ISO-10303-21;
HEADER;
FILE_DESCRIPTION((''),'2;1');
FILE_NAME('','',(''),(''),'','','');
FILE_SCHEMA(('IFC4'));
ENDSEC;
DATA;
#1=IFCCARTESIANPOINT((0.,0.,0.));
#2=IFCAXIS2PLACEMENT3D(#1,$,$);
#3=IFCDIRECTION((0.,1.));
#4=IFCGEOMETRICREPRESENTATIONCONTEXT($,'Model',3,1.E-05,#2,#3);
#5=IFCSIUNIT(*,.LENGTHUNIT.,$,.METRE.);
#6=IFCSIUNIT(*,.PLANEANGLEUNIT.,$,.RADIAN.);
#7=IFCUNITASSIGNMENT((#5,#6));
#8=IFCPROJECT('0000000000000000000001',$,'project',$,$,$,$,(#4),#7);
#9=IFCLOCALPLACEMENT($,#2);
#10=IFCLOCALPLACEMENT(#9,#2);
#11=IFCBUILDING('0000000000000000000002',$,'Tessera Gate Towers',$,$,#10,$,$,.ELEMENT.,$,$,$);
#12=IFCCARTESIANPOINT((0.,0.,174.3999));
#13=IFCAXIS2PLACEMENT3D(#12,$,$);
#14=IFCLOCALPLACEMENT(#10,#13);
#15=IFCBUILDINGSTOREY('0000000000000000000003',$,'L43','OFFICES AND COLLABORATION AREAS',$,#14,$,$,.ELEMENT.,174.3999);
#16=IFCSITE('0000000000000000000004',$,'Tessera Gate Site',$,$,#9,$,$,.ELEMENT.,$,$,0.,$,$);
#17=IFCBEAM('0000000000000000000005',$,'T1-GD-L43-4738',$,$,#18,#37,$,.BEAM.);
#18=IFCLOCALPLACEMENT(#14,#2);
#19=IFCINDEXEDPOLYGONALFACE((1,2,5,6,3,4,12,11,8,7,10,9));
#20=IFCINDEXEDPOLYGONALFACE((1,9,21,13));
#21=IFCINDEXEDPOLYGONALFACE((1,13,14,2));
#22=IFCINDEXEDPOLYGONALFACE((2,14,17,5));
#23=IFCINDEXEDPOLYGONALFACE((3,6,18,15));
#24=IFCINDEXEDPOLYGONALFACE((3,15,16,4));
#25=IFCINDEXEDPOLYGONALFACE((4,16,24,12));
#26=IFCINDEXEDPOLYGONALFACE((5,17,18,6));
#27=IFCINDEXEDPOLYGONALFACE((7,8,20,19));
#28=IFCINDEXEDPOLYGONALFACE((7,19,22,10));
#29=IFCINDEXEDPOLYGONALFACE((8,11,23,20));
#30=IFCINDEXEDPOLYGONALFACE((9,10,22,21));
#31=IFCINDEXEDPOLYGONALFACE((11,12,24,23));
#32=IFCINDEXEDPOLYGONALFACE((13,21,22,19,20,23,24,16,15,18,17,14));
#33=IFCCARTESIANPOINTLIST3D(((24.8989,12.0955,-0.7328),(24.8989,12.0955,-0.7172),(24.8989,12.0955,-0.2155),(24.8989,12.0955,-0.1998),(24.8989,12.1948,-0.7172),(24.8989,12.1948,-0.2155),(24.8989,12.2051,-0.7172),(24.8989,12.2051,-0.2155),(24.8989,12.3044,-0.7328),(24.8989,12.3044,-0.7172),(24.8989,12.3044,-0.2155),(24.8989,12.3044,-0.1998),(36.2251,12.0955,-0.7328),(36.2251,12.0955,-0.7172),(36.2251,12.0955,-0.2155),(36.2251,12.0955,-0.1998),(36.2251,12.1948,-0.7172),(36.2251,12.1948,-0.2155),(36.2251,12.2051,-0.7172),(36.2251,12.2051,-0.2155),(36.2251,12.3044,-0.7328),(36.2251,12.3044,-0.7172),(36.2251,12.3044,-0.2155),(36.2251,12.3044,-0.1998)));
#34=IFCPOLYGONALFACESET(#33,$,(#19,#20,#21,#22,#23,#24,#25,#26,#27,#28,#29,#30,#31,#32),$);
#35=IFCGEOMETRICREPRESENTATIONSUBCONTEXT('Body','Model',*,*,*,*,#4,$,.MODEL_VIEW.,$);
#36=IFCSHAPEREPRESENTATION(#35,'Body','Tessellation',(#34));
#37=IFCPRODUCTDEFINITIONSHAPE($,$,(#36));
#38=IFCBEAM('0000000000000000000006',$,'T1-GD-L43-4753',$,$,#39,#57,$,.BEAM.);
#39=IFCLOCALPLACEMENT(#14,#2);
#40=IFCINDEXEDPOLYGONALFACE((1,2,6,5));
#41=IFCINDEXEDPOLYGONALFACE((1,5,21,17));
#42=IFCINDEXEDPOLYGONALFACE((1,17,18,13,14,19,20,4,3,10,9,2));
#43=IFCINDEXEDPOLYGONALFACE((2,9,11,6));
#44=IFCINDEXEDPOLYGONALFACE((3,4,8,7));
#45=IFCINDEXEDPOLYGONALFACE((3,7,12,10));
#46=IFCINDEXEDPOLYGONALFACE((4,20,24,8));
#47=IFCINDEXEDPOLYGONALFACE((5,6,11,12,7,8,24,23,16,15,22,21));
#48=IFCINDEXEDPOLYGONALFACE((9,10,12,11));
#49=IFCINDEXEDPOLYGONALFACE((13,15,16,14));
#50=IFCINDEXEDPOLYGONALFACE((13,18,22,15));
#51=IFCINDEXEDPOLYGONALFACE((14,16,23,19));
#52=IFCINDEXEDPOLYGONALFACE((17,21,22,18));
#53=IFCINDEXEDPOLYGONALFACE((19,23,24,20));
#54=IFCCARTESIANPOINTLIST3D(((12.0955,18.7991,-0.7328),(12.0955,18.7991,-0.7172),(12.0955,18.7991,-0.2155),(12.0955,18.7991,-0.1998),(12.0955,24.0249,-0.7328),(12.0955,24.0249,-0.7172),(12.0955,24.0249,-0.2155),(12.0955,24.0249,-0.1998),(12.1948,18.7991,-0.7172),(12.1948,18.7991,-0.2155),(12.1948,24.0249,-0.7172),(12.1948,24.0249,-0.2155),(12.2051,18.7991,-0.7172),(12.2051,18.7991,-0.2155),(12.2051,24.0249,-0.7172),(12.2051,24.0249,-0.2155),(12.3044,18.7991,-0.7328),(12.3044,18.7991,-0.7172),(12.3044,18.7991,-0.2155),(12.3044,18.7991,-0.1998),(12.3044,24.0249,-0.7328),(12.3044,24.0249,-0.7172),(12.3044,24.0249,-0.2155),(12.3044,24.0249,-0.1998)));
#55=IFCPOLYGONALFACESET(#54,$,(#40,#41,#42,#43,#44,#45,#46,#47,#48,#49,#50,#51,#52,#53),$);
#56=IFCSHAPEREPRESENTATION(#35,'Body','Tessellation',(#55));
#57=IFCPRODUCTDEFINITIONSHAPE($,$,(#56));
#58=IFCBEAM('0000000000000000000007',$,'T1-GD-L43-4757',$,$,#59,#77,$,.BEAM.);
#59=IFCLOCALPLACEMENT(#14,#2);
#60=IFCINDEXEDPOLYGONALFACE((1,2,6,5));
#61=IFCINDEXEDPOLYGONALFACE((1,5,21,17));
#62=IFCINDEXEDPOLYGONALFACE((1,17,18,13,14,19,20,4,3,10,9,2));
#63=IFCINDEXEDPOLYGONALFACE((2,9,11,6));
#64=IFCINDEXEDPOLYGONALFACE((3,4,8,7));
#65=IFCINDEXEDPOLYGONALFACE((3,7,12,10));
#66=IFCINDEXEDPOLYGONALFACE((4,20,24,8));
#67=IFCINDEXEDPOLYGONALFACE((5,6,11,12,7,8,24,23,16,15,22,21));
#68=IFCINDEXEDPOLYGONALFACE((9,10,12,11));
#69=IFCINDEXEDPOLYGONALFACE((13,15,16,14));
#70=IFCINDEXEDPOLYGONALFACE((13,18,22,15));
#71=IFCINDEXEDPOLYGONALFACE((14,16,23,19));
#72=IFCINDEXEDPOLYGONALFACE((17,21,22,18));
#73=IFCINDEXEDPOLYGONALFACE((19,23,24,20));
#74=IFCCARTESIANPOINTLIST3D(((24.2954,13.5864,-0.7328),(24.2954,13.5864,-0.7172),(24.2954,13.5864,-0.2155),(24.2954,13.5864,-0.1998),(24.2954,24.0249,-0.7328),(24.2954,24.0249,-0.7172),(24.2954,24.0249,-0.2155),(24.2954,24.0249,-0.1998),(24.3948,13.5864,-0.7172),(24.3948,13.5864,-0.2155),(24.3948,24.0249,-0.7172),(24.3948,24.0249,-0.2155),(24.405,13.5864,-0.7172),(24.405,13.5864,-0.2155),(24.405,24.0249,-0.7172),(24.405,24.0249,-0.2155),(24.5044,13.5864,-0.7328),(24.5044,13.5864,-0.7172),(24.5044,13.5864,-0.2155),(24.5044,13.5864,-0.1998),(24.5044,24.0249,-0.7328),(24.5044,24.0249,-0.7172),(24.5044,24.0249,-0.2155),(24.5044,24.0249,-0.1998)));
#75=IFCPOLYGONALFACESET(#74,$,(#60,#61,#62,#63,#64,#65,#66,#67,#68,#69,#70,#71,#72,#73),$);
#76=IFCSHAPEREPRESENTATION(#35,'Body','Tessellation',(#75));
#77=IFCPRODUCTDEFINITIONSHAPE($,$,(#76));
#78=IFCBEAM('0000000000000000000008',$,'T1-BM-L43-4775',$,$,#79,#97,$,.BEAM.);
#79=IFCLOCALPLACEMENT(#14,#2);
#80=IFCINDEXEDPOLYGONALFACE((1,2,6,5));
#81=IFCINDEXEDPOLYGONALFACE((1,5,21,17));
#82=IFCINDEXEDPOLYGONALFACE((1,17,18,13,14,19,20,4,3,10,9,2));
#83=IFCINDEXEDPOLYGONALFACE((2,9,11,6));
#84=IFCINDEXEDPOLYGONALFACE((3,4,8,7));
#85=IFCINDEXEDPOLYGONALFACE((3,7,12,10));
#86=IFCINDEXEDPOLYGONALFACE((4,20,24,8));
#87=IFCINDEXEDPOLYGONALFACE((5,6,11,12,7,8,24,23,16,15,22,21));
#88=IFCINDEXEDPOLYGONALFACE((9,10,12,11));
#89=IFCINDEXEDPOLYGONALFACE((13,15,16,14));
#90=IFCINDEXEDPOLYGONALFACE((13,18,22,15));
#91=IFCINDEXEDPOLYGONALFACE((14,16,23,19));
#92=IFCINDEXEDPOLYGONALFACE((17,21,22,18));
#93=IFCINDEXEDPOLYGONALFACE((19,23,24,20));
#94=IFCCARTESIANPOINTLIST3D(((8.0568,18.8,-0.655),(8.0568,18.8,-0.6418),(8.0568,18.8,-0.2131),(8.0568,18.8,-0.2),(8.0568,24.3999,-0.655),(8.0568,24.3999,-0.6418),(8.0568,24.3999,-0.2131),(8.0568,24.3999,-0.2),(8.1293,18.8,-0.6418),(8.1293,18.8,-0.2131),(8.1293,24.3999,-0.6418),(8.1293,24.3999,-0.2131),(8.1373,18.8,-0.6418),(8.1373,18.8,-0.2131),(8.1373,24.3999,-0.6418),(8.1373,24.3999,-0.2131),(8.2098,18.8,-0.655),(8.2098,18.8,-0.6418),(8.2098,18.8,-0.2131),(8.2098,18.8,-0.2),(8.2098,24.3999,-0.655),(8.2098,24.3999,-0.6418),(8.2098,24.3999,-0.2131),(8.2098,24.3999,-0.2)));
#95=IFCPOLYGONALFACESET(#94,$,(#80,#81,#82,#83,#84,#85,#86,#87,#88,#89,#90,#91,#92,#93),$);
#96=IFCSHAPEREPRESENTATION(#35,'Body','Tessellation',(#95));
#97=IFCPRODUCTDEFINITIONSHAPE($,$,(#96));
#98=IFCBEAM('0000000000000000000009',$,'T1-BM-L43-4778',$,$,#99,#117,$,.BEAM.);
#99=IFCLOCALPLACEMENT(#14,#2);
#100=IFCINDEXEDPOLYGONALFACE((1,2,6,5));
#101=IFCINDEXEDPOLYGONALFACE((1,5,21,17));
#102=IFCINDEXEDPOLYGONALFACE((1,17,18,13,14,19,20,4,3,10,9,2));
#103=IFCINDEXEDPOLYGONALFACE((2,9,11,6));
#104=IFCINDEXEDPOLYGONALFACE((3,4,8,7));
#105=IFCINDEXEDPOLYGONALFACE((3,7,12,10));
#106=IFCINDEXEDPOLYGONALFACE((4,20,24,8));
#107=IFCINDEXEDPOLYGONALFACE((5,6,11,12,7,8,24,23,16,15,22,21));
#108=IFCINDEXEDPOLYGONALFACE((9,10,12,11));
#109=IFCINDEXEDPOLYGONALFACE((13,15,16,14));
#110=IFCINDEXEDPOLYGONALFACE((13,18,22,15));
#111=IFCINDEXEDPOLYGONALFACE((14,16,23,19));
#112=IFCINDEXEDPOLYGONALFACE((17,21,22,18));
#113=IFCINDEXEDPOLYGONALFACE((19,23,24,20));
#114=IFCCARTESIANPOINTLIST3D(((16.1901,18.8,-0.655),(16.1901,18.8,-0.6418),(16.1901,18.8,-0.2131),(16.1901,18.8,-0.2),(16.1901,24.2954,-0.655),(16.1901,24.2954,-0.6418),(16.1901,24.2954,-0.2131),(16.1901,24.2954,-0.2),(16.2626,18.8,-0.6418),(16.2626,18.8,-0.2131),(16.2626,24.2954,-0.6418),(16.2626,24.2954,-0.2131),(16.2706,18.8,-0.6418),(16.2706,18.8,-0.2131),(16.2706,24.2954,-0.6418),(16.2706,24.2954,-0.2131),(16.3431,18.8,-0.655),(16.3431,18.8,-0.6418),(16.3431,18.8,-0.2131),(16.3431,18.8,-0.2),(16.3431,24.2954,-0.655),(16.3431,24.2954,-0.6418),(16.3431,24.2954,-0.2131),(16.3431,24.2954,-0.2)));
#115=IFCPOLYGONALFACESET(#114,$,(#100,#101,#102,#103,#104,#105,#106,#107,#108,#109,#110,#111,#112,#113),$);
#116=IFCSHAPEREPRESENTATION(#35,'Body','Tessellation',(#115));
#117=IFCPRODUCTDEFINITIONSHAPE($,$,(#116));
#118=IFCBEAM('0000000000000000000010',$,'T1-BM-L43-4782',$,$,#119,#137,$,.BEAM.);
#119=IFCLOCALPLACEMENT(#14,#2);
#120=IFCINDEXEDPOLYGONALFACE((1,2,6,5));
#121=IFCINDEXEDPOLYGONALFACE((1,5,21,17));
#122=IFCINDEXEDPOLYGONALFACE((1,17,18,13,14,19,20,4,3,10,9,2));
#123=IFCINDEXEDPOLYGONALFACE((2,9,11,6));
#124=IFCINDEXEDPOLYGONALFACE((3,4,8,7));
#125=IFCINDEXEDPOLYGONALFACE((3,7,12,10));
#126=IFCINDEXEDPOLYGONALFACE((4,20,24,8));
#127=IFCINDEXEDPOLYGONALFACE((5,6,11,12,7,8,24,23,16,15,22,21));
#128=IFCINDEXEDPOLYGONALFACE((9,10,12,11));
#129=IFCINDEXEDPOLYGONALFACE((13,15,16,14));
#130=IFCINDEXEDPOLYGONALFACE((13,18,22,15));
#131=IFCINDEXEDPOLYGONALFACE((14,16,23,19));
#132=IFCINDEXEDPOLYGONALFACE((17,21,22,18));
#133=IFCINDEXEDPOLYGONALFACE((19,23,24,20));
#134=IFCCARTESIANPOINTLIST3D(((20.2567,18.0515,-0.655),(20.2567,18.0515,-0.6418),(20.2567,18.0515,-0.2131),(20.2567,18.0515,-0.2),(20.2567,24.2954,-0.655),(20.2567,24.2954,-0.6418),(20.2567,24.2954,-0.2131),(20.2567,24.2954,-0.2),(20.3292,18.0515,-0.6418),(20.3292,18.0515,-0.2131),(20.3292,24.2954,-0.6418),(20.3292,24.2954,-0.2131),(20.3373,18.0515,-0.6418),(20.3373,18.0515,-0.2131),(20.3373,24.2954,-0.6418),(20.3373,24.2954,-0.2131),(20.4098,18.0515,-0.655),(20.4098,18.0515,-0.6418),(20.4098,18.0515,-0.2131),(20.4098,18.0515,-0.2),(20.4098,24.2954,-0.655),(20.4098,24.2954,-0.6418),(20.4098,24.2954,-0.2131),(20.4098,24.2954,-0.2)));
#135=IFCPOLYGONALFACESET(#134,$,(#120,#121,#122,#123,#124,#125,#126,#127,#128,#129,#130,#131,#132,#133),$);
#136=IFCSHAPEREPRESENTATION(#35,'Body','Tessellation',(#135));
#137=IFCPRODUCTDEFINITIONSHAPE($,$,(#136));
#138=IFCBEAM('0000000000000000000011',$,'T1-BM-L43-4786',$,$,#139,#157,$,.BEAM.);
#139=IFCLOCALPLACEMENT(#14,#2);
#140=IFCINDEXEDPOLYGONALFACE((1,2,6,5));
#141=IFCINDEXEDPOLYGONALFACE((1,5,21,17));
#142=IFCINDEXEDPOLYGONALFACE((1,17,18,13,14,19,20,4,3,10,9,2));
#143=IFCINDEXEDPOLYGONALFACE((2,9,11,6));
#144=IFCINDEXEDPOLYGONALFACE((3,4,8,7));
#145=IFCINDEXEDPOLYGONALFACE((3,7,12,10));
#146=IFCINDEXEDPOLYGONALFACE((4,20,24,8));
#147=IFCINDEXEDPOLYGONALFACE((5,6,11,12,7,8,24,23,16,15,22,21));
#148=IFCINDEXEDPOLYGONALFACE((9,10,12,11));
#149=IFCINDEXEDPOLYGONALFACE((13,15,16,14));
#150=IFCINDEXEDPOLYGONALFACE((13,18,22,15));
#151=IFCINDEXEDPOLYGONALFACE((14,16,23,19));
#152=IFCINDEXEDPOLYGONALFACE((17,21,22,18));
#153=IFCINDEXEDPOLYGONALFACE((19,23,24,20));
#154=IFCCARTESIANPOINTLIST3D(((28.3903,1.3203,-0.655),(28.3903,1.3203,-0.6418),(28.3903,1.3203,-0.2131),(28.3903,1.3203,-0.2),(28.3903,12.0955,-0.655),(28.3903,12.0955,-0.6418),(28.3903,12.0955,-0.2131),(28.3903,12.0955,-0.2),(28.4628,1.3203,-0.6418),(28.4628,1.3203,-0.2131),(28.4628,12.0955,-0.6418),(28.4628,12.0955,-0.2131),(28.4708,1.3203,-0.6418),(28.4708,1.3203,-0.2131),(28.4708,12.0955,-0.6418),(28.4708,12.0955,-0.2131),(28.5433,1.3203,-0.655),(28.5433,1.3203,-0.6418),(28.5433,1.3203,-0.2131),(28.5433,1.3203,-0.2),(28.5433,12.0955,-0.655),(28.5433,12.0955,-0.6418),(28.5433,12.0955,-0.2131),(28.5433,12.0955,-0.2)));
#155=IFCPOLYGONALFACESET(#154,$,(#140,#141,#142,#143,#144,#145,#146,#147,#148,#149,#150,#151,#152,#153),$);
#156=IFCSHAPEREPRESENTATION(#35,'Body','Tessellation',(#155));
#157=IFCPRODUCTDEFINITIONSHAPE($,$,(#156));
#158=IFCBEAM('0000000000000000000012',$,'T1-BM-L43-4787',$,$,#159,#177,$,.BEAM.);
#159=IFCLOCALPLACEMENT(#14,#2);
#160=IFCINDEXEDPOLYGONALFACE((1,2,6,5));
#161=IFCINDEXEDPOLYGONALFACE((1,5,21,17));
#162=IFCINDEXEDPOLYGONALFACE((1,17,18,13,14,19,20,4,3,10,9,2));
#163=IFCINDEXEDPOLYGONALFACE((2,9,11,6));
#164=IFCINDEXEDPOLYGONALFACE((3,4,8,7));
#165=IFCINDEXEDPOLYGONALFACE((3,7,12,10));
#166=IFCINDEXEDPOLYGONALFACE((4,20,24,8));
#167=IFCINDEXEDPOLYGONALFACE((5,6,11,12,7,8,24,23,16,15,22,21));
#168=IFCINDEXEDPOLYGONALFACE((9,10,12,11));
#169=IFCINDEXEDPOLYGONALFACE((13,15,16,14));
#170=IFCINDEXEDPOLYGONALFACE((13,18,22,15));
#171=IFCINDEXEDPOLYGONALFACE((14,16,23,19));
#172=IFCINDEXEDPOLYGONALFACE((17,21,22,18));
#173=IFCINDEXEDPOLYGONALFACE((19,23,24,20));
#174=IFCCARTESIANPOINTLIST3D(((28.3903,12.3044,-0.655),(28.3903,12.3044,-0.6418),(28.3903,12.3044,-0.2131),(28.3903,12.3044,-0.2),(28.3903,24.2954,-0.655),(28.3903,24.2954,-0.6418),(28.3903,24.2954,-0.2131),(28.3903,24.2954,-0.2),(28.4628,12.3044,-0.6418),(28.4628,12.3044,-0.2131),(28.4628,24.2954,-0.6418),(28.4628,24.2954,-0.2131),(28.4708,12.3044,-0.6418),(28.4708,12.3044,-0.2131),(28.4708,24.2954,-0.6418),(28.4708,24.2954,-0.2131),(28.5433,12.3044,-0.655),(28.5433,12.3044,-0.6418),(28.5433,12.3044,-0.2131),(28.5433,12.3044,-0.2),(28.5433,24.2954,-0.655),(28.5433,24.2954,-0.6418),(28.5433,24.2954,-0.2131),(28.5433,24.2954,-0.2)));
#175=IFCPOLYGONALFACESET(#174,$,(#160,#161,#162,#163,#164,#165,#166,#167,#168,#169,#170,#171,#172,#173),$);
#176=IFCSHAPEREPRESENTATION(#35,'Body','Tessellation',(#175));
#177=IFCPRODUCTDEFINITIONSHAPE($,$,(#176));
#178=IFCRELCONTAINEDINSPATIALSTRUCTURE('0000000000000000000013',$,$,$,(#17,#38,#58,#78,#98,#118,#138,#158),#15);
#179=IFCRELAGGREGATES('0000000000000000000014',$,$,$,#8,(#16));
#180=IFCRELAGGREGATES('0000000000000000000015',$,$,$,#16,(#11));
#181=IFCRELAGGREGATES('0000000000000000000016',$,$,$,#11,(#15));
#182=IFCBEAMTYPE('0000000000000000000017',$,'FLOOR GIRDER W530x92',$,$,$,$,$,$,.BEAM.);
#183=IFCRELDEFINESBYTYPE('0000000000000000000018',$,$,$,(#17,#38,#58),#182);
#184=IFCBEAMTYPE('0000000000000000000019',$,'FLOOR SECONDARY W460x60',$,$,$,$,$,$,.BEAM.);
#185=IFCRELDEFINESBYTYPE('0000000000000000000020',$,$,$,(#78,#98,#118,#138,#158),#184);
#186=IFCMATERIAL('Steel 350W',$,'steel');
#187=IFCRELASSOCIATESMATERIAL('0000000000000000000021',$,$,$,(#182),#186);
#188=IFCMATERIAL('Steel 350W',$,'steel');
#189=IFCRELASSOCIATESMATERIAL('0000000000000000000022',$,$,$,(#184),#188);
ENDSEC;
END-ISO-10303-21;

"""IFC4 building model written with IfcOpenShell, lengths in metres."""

from ifc_helpers import new_model, si_unit, direction, frame, origin, origin_2d, place, context, subcontext, project, spatial, i_section, extrude, material, material_profile, profile_set, type_object, element, save


model = new_model("IFC4")

# Units and contexts
model_context = context("Model", 3, precision=1e-05, world=origin(), true_north=direction((0.0, 1.0)))
body_context = subcontext(model_context, "Body", "Model", "MODEL_VIEW")
ifc_project = project(units=[si_unit("LENGTHUNIT", "METRE"), si_unit("PLANEANGLEUNIT", "RADIAN")], contexts=[model_context])

# Site, building, storey
site_placement = place(None, origin())
site = spatial("IfcSite", under=ifc_project, at=site_placement, Name="Tessera Gate Site", CompositionType="ELEMENT", RefElevation=0.0)
building_placement = place(site_placement, origin())
building = spatial("IfcBuilding", under=site, at=building_placement, Name="Tessera Gate Towers", CompositionType="ELEMENT")
storey_placement = place(building_placement, frame((0.0, 0.0, 174.3999)))
storey = spatial("IfcBuildingStorey", under=building, at=storey_placement, Name="L43", Description="OFFICES AND COLLABORATION AREAS", CompositionType="ELEMENT", Elevation=174.3999)

# Beams
ifc_material_1 = material(Name="Steel 350W", Category="steel")
ifc_material_profile_1 = material_profile(ifc_material_1, i_section(OverallWidth=0.209, OverallDepth=0.533, WebThickness=0.0103, FlangeThickness=0.0156, at=origin_2d()), Name="W530x92")
ifc_profile_set_1 = profile_set([ifc_material_profile_1], Name="Steel 350W")
beam_type_1 = type_object("IfcBeamType", Name="FLOOR GIRDER W530x92", PredefinedType="BEAM", material=ifc_profile_set_1)
beam_1_placement = place(storey_placement, frame((24.8989, 12.2, -0.4663), z_axis=(1.0, 0.0, 0.0), x_axis=(0.0, 1.0, 0.0)))
element("IfcBeam", 1, at=beam_1_placement, inside=storey, type_object=beam_type_1, Name="T1-GD-L43-4738", PredefinedType="BEAM", context=body_context, shape_type="SweptSolid", body=[
    extrude(i_section(OverallWidth=0.209, OverallDepth=0.533, WebThickness=0.0103, FlangeThickness=0.0156, at=origin_2d()), origin(), (0.0, 0.0, 1.0), 11.3262),
])
beam_2_placement = place(storey_placement, frame((12.2, 18.7991, -0.4663), z_axis=(0.0, 1.0, 0.0), x_axis=(-1.0, 0.0, 0.0)))
element("IfcBeam", 2, at=beam_2_placement, inside=storey, type_object=beam_type_1, Name="T1-GD-L43-4753", PredefinedType="BEAM", context=body_context, shape_type="SweptSolid", body=[
    extrude(i_section(OverallWidth=0.209, OverallDepth=0.533, WebThickness=0.0103, FlangeThickness=0.0156, at=origin_2d()), origin(), (0.0, 0.0, 1.0), 5.2258),
])
beam_3_placement = place(storey_placement, frame((24.3999, 13.5864, -0.4663), z_axis=(0.0, 1.0, 0.0), x_axis=(-1.0, 0.0, 0.0)))
element("IfcBeam", 3, at=beam_3_placement, inside=storey, type_object=beam_type_1, Name="T1-GD-L43-4757", PredefinedType="BEAM", context=body_context, shape_type="SweptSolid", body=[
    extrude(i_section(OverallWidth=0.209, OverallDepth=0.533, WebThickness=0.0103, FlangeThickness=0.0156, at=origin_2d()), origin(), (0.0, 0.0, 1.0), 10.4385),
])
ifc_material_2 = material(Name="Steel 350W", Category="steel")
ifc_material_profile_2 = material_profile(ifc_material_2, i_section(OverallWidth=0.1531, OverallDepth=0.4551, WebThickness=0.0081, FlangeThickness=0.0132, at=origin_2d()), Name="W460x60")
ifc_profile_set_2 = profile_set([ifc_material_profile_2], Name="Steel 350W")
beam_type_2 = type_object("IfcBeamType", Name="FLOOR SECONDARY W460x60", PredefinedType="BEAM", material=ifc_profile_set_2)
beam_4_placement = place(storey_placement, frame((8.1333, 18.8, -0.4275), z_axis=(0.0, 1.0, 0.0), x_axis=(-1.0, 0.0, 0.0)))
element("IfcBeam", 4, at=beam_4_placement, inside=storey, type_object=beam_type_2, Name="T1-BM-L43-4775", PredefinedType="BEAM", context=body_context, shape_type="SweptSolid", body=[
    extrude(i_section(OverallWidth=0.1531, OverallDepth=0.4551, WebThickness=0.0081, FlangeThickness=0.0132, at=origin_2d()), origin(), (0.0, 0.0, 1.0), 5.5999),
])
beam_5_placement = place(storey_placement, frame((16.2666, 18.8, -0.4275), z_axis=(0.0, 1.0, 0.0), x_axis=(-1.0, 0.0, 0.0)))
element("IfcBeam", 5, at=beam_5_placement, inside=storey, type_object=beam_type_2, Name="T1-BM-L43-4778", PredefinedType="BEAM", context=body_context, shape_type="SweptSolid", body=[
    extrude(i_section(OverallWidth=0.1531, OverallDepth=0.4551, WebThickness=0.0081, FlangeThickness=0.0132, at=origin_2d()), origin(), (0.0, 0.0, 1.0), 5.4954),
])
beam_6_placement = place(storey_placement, frame((20.3333, 18.0515, -0.4275), z_axis=(0.0, 1.0, 0.0), x_axis=(-1.0, 0.0, 0.0)))
element("IfcBeam", 6, at=beam_6_placement, inside=storey, type_object=beam_type_2, Name="T1-BM-L43-4782", PredefinedType="BEAM", context=body_context, shape_type="SweptSolid", body=[
    extrude(i_section(OverallWidth=0.1531, OverallDepth=0.4551, WebThickness=0.0081, FlangeThickness=0.0132, at=origin_2d()), origin(), (0.0, 0.0, 1.0), 6.2439),
])
beam_7_placement = place(storey_placement, frame((28.4668, 1.3203, -0.4275), z_axis=(0.0, 1.0, 0.0), x_axis=(-1.0, 0.0, 0.0)))
element("IfcBeam", 7, at=beam_7_placement, inside=storey, type_object=beam_type_2, Name="T1-BM-L43-4786", PredefinedType="BEAM", context=body_context, shape_type="SweptSolid", body=[
    extrude(i_section(OverallWidth=0.1531, OverallDepth=0.4551, WebThickness=0.0081, FlangeThickness=0.0132, at=origin_2d()), origin(), (0.0, 0.0, 1.0), 10.7751),
])
beam_8_placement = place(storey_placement, frame((28.4668, 12.3044, -0.4275), z_axis=(0.0, 1.0, 0.0), x_axis=(-1.0, 0.0, 0.0)))
element("IfcBeam", 8, at=beam_8_placement, inside=storey, type_object=beam_type_2, Name="T1-BM-L43-4787", PredefinedType="BEAM", context=body_context, shape_type="SweptSolid", body=[
    extrude(i_section(OverallWidth=0.1531, OverallDepth=0.4551, WebThickness=0.0081, FlangeThickness=0.0132, at=origin_2d()), origin(), (0.0, 0.0, 1.0), 11.991),
])

save(model, "model.ifc")
